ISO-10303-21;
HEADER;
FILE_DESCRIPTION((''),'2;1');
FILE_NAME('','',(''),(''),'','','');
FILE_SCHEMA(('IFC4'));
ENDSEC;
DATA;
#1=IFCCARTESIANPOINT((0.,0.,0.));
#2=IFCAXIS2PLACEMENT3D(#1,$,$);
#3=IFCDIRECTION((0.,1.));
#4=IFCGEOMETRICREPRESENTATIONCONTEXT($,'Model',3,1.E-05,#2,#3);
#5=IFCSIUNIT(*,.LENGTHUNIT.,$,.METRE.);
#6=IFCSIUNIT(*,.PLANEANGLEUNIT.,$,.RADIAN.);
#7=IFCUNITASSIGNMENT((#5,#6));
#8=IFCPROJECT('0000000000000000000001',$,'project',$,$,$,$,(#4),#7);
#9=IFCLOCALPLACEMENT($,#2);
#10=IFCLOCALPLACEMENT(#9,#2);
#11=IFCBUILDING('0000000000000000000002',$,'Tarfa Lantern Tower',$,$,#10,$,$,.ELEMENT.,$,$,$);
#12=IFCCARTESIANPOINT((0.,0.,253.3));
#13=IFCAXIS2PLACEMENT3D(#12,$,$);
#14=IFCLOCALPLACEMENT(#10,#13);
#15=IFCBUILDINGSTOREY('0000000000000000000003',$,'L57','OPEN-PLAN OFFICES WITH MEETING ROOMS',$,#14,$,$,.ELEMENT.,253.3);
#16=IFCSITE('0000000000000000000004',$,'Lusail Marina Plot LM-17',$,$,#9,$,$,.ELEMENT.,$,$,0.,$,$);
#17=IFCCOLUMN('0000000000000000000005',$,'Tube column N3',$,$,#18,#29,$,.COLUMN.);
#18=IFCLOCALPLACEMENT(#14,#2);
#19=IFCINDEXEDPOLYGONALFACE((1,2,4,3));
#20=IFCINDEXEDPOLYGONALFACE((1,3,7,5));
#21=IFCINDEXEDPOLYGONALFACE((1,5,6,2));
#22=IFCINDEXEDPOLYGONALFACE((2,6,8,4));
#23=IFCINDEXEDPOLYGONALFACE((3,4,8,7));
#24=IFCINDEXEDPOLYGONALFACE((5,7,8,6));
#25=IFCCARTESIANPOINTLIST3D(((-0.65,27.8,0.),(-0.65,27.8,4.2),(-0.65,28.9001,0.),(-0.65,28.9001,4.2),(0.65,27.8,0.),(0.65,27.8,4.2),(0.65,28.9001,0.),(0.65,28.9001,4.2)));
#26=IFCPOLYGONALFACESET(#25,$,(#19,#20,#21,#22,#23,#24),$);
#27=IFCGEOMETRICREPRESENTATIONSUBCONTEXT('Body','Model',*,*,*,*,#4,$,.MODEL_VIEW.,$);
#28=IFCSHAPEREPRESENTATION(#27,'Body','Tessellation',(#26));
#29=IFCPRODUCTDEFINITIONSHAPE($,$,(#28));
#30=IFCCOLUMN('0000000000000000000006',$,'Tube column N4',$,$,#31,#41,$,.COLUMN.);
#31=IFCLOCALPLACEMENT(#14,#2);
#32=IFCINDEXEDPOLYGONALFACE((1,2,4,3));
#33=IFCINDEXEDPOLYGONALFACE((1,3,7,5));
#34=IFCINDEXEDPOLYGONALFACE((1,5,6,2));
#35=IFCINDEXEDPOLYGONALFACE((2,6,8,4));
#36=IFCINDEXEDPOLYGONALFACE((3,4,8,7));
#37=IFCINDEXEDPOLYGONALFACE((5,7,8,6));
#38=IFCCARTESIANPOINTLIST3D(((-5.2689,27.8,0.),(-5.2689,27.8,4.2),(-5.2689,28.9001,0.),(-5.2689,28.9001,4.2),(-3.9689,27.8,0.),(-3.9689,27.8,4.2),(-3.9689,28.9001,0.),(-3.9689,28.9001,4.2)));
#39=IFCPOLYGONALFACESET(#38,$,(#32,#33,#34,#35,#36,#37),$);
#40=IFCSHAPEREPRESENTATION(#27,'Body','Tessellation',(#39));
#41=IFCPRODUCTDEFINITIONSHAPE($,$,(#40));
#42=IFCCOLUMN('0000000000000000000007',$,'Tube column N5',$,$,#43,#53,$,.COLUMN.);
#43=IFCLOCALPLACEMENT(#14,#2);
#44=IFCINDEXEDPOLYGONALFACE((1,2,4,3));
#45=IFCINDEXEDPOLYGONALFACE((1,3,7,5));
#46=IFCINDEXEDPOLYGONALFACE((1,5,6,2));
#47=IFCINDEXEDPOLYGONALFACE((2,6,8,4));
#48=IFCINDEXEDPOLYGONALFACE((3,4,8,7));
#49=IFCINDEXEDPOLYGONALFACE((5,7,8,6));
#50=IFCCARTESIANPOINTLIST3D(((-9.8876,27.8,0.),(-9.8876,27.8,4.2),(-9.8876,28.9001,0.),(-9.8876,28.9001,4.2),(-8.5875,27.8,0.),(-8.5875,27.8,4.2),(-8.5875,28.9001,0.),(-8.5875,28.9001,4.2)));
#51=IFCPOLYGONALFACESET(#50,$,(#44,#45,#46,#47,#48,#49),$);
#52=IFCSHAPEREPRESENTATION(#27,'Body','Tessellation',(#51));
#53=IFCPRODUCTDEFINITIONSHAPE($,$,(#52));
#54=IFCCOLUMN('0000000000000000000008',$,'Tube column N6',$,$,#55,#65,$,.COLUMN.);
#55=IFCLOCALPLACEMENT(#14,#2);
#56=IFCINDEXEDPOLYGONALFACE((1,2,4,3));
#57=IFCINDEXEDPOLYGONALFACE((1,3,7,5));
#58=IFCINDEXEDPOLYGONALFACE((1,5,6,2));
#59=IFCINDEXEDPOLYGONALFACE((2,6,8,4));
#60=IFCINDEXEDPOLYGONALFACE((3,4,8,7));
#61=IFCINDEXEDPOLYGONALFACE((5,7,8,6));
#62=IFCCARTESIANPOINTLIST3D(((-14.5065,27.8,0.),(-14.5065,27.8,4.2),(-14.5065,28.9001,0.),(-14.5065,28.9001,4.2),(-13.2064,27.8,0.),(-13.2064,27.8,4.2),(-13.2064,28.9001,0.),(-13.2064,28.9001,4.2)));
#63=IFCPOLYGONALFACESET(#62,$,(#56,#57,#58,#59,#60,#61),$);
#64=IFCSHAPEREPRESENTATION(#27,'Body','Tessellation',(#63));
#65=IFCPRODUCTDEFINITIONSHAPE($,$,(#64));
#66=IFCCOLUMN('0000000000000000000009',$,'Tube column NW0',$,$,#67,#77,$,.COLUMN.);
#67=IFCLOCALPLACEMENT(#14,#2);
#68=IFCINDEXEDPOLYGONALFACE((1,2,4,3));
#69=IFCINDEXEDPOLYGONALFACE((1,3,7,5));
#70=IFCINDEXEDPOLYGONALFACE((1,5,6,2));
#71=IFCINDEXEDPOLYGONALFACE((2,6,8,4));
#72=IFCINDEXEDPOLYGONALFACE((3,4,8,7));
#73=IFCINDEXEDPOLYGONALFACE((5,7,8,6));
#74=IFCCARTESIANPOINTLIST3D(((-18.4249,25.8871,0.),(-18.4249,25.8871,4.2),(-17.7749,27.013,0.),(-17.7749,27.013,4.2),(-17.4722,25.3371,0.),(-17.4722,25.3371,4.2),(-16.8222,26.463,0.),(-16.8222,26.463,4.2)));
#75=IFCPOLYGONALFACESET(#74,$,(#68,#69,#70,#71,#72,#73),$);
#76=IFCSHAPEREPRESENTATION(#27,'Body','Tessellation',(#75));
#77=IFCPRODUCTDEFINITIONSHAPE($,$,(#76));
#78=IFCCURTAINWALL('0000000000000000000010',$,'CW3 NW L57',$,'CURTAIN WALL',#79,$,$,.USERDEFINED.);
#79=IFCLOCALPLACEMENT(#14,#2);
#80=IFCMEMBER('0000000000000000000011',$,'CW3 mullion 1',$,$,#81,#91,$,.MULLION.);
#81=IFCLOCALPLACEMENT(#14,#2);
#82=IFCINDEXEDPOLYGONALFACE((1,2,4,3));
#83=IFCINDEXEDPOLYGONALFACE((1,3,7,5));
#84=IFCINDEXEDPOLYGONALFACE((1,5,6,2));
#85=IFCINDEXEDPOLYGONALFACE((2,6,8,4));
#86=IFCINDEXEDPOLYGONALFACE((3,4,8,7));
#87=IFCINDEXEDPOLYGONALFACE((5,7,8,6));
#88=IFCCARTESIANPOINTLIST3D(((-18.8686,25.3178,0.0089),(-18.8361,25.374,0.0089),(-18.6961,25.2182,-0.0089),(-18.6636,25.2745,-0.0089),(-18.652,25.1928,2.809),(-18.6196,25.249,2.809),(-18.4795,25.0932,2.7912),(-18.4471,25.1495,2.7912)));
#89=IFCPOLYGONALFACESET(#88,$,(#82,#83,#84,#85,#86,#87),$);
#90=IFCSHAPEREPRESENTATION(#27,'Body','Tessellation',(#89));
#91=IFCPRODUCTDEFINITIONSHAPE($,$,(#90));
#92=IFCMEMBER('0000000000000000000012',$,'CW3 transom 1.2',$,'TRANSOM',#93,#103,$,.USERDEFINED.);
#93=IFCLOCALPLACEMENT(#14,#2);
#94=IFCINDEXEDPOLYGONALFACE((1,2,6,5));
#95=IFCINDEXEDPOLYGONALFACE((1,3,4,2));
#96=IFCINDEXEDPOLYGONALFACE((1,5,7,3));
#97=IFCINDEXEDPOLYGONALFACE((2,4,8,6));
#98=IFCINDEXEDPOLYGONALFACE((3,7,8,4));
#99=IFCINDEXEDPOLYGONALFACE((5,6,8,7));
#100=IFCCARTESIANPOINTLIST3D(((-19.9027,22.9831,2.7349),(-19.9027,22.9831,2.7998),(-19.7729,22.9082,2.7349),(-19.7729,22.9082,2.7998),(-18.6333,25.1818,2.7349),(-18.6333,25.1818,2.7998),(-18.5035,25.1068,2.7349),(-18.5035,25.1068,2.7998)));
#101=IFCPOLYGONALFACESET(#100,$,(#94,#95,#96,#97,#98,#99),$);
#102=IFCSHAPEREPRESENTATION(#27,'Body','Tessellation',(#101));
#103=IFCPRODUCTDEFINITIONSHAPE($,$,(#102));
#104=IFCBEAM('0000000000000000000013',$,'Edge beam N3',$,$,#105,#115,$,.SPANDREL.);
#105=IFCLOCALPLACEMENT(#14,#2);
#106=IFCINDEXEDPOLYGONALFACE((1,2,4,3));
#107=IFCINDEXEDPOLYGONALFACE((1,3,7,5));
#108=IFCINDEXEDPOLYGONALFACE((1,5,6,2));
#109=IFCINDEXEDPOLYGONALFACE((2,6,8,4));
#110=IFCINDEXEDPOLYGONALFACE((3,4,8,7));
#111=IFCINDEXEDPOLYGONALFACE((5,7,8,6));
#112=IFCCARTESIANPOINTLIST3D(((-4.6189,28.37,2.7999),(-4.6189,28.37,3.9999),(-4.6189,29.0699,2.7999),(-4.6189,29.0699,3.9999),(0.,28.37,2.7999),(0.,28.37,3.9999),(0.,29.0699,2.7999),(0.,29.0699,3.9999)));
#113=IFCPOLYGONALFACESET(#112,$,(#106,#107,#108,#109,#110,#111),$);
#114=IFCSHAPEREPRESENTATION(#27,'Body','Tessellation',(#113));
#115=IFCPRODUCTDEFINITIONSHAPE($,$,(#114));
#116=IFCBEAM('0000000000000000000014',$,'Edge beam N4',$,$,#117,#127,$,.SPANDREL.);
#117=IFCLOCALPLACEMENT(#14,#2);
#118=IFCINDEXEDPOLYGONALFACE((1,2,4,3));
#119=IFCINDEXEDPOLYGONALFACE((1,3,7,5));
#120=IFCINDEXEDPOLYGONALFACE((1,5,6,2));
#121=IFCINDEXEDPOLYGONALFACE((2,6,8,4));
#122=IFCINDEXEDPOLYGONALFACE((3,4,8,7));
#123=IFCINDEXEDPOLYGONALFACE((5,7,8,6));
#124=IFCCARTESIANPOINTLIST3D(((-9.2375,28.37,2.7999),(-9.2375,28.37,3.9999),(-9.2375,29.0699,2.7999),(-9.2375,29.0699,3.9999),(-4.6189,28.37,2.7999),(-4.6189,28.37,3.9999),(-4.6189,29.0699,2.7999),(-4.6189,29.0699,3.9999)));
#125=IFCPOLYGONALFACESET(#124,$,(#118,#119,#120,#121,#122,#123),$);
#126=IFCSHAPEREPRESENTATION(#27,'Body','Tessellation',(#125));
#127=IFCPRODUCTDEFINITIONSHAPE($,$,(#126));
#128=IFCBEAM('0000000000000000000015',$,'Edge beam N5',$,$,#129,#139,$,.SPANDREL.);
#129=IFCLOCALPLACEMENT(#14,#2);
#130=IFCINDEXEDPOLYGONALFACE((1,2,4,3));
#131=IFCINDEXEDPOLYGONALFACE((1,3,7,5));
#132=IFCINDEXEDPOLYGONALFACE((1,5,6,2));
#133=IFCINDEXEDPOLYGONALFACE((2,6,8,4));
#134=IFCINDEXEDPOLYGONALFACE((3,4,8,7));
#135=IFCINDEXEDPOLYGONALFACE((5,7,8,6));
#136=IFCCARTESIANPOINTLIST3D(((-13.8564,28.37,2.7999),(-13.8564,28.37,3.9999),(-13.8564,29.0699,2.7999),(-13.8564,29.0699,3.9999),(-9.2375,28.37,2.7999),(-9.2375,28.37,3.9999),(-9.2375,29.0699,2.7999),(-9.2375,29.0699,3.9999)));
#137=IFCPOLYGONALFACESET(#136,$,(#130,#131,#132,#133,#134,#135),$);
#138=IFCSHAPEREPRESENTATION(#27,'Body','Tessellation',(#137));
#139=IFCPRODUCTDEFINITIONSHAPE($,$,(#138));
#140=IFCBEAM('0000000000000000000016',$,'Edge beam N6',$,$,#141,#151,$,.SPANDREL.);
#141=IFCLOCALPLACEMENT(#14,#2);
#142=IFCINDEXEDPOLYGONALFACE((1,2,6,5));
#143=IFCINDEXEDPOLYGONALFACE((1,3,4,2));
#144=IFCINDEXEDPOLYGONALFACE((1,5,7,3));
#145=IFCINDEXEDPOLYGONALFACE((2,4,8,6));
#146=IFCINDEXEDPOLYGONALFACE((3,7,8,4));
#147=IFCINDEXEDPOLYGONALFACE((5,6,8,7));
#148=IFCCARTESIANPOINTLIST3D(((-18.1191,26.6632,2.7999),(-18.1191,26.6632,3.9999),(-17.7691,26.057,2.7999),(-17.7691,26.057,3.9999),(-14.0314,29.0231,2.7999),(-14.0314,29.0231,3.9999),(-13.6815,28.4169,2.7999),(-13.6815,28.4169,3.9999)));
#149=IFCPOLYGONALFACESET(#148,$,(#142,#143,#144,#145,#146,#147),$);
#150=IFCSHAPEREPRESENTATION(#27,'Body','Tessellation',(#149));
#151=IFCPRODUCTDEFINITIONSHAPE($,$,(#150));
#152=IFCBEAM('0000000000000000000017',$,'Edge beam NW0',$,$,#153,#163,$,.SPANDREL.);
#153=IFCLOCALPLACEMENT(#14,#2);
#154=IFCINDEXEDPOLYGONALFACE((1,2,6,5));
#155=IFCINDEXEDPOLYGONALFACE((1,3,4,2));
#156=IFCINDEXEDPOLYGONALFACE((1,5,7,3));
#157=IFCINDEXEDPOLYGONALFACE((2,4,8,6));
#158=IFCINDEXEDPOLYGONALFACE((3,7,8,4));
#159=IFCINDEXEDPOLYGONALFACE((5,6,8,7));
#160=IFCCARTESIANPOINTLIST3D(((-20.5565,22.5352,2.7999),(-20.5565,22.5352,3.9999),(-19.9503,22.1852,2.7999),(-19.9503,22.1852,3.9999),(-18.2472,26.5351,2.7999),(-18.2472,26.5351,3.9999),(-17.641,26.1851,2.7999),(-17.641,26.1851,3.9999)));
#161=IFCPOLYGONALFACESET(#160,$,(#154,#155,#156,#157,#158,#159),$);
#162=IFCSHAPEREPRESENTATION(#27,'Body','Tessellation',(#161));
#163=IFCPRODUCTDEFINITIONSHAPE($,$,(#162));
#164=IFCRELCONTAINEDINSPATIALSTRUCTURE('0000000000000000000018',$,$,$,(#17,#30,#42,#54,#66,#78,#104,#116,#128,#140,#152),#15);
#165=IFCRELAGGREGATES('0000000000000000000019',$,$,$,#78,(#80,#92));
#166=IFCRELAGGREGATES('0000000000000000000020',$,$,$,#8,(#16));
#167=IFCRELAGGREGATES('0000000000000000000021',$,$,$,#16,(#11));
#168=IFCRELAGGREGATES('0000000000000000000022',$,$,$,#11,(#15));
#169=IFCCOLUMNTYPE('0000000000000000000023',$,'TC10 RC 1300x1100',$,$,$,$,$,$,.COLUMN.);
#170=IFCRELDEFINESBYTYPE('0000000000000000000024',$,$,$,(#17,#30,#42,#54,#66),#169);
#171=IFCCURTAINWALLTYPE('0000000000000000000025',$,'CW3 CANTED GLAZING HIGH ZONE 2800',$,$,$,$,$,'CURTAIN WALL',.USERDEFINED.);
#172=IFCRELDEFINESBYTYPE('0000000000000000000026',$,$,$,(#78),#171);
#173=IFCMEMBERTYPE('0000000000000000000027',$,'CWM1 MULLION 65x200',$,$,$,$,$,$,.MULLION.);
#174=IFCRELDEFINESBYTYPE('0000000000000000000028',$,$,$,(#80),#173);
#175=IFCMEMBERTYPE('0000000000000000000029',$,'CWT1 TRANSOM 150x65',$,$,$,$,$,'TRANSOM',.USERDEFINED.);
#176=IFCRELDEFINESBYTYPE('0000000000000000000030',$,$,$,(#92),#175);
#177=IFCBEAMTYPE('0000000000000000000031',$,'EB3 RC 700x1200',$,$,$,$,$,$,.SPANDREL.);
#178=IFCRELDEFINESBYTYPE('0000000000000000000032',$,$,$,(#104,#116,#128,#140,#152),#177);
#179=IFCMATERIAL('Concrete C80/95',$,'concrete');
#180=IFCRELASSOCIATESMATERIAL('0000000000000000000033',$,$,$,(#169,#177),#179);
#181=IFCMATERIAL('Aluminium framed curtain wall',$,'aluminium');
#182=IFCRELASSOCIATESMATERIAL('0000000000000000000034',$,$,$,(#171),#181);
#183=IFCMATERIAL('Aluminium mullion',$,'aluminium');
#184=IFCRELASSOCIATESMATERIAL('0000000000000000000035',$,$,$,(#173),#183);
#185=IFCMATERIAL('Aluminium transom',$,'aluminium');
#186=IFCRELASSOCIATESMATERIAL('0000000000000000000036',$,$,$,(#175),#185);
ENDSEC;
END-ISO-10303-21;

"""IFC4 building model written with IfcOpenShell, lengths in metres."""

from ifc_helpers import new_model, si_unit, direction, frame, origin, origin_2d, place, context, subcontext, project, spatial, rectangle, extrude, material, material_profile, profile_set, type_object, element, aggregate, save


model = new_model("IFC4")

# Units and contexts
model_context = context("Model", 3, precision=1e-05, world=origin(), true_north=direction((0.0, 1.0)))
body_context = subcontext(model_context, "Body", "Model", "MODEL_VIEW")
ifc_project = project(units=[si_unit("LENGTHUNIT", "METRE"), si_unit("PLANEANGLEUNIT", "RADIAN")], contexts=[model_context])

# Site, building, storey
site_placement = place(None, origin())
site = spatial("IfcSite", under=ifc_project, at=site_placement, Name="Lusail Marina Plot LM-17", CompositionType="ELEMENT", RefElevation=0.0)
building_placement = place(site_placement, origin())
building = spatial("IfcBuilding", under=site, at=building_placement, Name="Tarfa Lantern Tower", CompositionType="ELEMENT")
storey_placement = place(building_placement, frame((0.0, 0.0, 253.3)))
storey = spatial("IfcBuildingStorey", under=building, at=storey_placement, Name="L57", Description="OPEN-PLAN OFFICES WITH MEETING ROOMS", CompositionType="ELEMENT", Elevation=253.3)

# Columns
ifc_material_1 = material(Name="Concrete C80/95", Category="concrete")
ifc_material_profile_1 = material_profile(ifc_material_1, rectangle(XDim=1.3, YDim=1.1001, at=origin_2d()), Name="RC 1300x1100")
ifc_profile_set_1 = profile_set([ifc_material_profile_1], Name="Concrete C80/95")
column_type = type_object("IfcColumnType", Name="TC10 RC 1300x1100", PredefinedType="COLUMN", material=ifc_profile_set_1)
for number, where, z_axis, x_axis, name in (
    (1, (0.0, 28.3501, 0.0), (0.0, 0.0, 1.0), (-1.0, 0.0, 0.0), "Tube column N3"),
    (2, (-4.6189, 28.3501, 0.0), (0.0, 0.0, 1.0), (-1.0, 0.0, 0.0), "Tube column N4"),
    (3, (-9.2375, 28.3501, 0.0), (0.0, 0.0, 1.0), (-1.0, 0.0, 0.0), "Tube column N5"),
    (4, (-13.8564, 28.3501, 0.0), (0.0, 0.0, 1.0), (-1.0, 0.0, 0.0), "Tube column N6"),
    (5, (-17.6235, 26.175, 0.0), (0.0, 0.0, 1.0), (-0.5, -0.866025, 0.0), "Tube column NW0"),
):
    element("IfcColumn", number, at=place(storey_placement, frame(where, z_axis=z_axis, x_axis=x_axis)), inside=storey, type_object=column_type, Name=name, PredefinedType="COLUMN", context=body_context, shape_type="SweptSolid", body=[
        extrude(rectangle(XDim=1.3, YDim=1.1001, at=origin_2d()), origin(), (0.0, 0.0, 1.0), 4.2),
    ])

# Curtain wall, members
ifc_material_2 = material(Name="Aluminium framed curtain wall", Category="aluminium")
curtain_wall_type = type_object("IfcCurtainWallType", Name="CW3 CANTED GLAZING HIGH ZONE 2800", ElementType="CURTAIN WALL", PredefinedType="USERDEFINED", material=ifc_material_2)
curtain_wall_placement = place(storey_placement, origin())
curtain_wall = element("IfcCurtainWall", 6, at=curtain_wall_placement, inside=storey, type_object=curtain_wall_type, Name="CW3 NW L57", ObjectType="CURTAIN WALL", PredefinedType="USERDEFINED")
ifc_material_3 = material(Name="Aluminium mullion", Category="aluminium")
ifc_material_profile_2 = material_profile(ifc_material_3, rectangle(XDim=0.0649, YDim=0.2, at=origin_2d()), Name="AL MULLION 65x200")
ifc_profile_set_2 = profile_set([ifc_material_profile_2], Name="Aluminium mullion")
member_type_1 = type_object("IfcMemberType", Name="CWM1 MULLION 65x200", PredefinedType="MULLION", material=ifc_profile_set_2)
member_1_placement = place(storey_placement, frame((-18.7661, 25.2961, 0.0), z_axis=(0.077032, -0.044465, 0.996037), x_axis=(0.49992, 0.866072, 0.0)))
member_1 = element("IfcMember", 7, at=member_1_placement, type_object=member_type_1, Name="CW3 mullion 1", PredefinedType="MULLION", context=body_context, shape_type="SweptSolid", body=[
    extrude(rectangle(XDim=0.0649, YDim=0.2, at=origin_2d()), origin(), (0.0, 0.0, 1.0), 2.8113),
])
ifc_material_4 = material(Name="Aluminium transom", Category="aluminium")
ifc_material_profile_3 = material_profile(ifc_material_4, rectangle(XDim=0.1499, YDim=0.0649, at=origin_2d()), Name="AL TRANSOM 150x65")
ifc_profile_set_3 = profile_set([ifc_material_profile_3], Name="Aluminium transom")
member_type_2 = type_object("IfcMemberType", Name="CWT1 TRANSOM 150x65", ElementType="TRANSOM", PredefinedType="USERDEFINED", material=ifc_profile_set_3)
member_2_placement = place(storey_placement, frame((-18.5684, 25.1443, 2.7673), z_axis=(-0.500028, -0.866009, 0.0), x_axis=(0.866009, -0.500028, 0.0)))
member_2 = element("IfcMember", 8, at=member_2_placement, type_object=member_type_2, Name="CW3 transom 1.2", ObjectType="TRANSOM", PredefinedType="USERDEFINED", context=body_context, shape_type="SweptSolid", body=[
    extrude(rectangle(XDim=0.1499, YDim=0.0649, at=origin_2d()), origin(), (0.0, 0.0, 1.0), 2.5388),
])
aggregate(curtain_wall, [member_1, member_2])

# Beams
ifc_material_profile_4 = material_profile(ifc_material_1, rectangle(XDim=0.7, YDim=1.2, at=origin_2d()), Name="RC 700x1200")
ifc_profile_set_4 = profile_set([ifc_material_profile_4], Name="Concrete C80/95")
beam_type_1 = type_object("IfcBeamType", Name="EB3 RC 700x1200", PredefinedType="SPANDREL", material=ifc_profile_set_4)
beam_1_placement = place(storey_placement, frame((0.0, 28.72, 3.3999), z_axis=(-1.0, 0.0, 0.0), x_axis=(0.0, -1.0, 0.0)))
element("IfcBeam", 9, at=beam_1_placement, inside=storey, type_object=beam_type_1, Name="Edge beam N3", PredefinedType="SPANDREL", context=body_context, shape_type="SweptSolid", body=[
    extrude(rectangle(XDim=0.7, YDim=1.2, at=origin_2d()), origin(), (0.0, 0.0, 1.0), 4.6189),
])
beam_2_placement = place(storey_placement, frame((-4.6189, 28.72, 3.3999), z_axis=(-1.0, 0.0, 0.0), x_axis=(0.0, -1.0, 0.0)))
element("IfcBeam", 10, at=beam_2_placement, inside=storey, type_object=beam_type_1, Name="Edge beam N4", PredefinedType="SPANDREL", context=body_context, shape_type="SweptSolid", body=[
    extrude(rectangle(XDim=0.7, YDim=1.2, at=origin_2d()), origin(), (0.0, 0.0, 1.0), 4.6187),
])
beam_3_placement = place(storey_placement, frame((-9.2375, 28.72, 3.3999), z_axis=(-1.0, 0.0, 0.0), x_axis=(0.0, -1.0, 0.0)))
element("IfcBeam", 11, at=beam_3_placement, inside=storey, type_object=beam_type_1, Name="Edge beam N5", PredefinedType="SPANDREL", context=body_context, shape_type="SweptSolid", body=[
    extrude(rectangle(XDim=0.7, YDim=1.2, at=origin_2d()), origin(), (0.0, 0.0, 1.0), 4.6189),
])
beam_4_placement = place(storey_placement, frame((-13.8564, 28.72, 3.3999), z_axis=(-0.866038, -0.499978, 0.0), x_axis=(0.499978, -0.866038, 0.0)))
element("IfcBeam", 12, at=beam_4_placement, inside=storey, type_object=beam_type_1, Name="Edge beam N6", PredefinedType="SPANDREL", context=body_context, shape_type="SweptSolid", body=[
    extrude(rectangle(XDim=0.7, YDim=1.2, at=origin_2d()), origin(), (0.0, 0.0, 1.0), 4.72),
])
beam_5_placement = place(storey_placement, frame((-17.9441, 26.3601, 3.3999), z_axis=(-0.499988, -0.866032, 0.0), x_axis=(0.866032, -0.499988, 0.0)))
element("IfcBeam", 13, at=beam_5_placement, inside=storey, type_object=beam_type_1, Name="Edge beam NW0", PredefinedType="SPANDREL", context=body_context, shape_type="SweptSolid", body=[
    extrude(rectangle(XDim=0.7, YDim=1.2, at=origin_2d()), origin(), (0.0, 0.0, 1.0), 4.6187),
])

save(model, "model.ifc")
